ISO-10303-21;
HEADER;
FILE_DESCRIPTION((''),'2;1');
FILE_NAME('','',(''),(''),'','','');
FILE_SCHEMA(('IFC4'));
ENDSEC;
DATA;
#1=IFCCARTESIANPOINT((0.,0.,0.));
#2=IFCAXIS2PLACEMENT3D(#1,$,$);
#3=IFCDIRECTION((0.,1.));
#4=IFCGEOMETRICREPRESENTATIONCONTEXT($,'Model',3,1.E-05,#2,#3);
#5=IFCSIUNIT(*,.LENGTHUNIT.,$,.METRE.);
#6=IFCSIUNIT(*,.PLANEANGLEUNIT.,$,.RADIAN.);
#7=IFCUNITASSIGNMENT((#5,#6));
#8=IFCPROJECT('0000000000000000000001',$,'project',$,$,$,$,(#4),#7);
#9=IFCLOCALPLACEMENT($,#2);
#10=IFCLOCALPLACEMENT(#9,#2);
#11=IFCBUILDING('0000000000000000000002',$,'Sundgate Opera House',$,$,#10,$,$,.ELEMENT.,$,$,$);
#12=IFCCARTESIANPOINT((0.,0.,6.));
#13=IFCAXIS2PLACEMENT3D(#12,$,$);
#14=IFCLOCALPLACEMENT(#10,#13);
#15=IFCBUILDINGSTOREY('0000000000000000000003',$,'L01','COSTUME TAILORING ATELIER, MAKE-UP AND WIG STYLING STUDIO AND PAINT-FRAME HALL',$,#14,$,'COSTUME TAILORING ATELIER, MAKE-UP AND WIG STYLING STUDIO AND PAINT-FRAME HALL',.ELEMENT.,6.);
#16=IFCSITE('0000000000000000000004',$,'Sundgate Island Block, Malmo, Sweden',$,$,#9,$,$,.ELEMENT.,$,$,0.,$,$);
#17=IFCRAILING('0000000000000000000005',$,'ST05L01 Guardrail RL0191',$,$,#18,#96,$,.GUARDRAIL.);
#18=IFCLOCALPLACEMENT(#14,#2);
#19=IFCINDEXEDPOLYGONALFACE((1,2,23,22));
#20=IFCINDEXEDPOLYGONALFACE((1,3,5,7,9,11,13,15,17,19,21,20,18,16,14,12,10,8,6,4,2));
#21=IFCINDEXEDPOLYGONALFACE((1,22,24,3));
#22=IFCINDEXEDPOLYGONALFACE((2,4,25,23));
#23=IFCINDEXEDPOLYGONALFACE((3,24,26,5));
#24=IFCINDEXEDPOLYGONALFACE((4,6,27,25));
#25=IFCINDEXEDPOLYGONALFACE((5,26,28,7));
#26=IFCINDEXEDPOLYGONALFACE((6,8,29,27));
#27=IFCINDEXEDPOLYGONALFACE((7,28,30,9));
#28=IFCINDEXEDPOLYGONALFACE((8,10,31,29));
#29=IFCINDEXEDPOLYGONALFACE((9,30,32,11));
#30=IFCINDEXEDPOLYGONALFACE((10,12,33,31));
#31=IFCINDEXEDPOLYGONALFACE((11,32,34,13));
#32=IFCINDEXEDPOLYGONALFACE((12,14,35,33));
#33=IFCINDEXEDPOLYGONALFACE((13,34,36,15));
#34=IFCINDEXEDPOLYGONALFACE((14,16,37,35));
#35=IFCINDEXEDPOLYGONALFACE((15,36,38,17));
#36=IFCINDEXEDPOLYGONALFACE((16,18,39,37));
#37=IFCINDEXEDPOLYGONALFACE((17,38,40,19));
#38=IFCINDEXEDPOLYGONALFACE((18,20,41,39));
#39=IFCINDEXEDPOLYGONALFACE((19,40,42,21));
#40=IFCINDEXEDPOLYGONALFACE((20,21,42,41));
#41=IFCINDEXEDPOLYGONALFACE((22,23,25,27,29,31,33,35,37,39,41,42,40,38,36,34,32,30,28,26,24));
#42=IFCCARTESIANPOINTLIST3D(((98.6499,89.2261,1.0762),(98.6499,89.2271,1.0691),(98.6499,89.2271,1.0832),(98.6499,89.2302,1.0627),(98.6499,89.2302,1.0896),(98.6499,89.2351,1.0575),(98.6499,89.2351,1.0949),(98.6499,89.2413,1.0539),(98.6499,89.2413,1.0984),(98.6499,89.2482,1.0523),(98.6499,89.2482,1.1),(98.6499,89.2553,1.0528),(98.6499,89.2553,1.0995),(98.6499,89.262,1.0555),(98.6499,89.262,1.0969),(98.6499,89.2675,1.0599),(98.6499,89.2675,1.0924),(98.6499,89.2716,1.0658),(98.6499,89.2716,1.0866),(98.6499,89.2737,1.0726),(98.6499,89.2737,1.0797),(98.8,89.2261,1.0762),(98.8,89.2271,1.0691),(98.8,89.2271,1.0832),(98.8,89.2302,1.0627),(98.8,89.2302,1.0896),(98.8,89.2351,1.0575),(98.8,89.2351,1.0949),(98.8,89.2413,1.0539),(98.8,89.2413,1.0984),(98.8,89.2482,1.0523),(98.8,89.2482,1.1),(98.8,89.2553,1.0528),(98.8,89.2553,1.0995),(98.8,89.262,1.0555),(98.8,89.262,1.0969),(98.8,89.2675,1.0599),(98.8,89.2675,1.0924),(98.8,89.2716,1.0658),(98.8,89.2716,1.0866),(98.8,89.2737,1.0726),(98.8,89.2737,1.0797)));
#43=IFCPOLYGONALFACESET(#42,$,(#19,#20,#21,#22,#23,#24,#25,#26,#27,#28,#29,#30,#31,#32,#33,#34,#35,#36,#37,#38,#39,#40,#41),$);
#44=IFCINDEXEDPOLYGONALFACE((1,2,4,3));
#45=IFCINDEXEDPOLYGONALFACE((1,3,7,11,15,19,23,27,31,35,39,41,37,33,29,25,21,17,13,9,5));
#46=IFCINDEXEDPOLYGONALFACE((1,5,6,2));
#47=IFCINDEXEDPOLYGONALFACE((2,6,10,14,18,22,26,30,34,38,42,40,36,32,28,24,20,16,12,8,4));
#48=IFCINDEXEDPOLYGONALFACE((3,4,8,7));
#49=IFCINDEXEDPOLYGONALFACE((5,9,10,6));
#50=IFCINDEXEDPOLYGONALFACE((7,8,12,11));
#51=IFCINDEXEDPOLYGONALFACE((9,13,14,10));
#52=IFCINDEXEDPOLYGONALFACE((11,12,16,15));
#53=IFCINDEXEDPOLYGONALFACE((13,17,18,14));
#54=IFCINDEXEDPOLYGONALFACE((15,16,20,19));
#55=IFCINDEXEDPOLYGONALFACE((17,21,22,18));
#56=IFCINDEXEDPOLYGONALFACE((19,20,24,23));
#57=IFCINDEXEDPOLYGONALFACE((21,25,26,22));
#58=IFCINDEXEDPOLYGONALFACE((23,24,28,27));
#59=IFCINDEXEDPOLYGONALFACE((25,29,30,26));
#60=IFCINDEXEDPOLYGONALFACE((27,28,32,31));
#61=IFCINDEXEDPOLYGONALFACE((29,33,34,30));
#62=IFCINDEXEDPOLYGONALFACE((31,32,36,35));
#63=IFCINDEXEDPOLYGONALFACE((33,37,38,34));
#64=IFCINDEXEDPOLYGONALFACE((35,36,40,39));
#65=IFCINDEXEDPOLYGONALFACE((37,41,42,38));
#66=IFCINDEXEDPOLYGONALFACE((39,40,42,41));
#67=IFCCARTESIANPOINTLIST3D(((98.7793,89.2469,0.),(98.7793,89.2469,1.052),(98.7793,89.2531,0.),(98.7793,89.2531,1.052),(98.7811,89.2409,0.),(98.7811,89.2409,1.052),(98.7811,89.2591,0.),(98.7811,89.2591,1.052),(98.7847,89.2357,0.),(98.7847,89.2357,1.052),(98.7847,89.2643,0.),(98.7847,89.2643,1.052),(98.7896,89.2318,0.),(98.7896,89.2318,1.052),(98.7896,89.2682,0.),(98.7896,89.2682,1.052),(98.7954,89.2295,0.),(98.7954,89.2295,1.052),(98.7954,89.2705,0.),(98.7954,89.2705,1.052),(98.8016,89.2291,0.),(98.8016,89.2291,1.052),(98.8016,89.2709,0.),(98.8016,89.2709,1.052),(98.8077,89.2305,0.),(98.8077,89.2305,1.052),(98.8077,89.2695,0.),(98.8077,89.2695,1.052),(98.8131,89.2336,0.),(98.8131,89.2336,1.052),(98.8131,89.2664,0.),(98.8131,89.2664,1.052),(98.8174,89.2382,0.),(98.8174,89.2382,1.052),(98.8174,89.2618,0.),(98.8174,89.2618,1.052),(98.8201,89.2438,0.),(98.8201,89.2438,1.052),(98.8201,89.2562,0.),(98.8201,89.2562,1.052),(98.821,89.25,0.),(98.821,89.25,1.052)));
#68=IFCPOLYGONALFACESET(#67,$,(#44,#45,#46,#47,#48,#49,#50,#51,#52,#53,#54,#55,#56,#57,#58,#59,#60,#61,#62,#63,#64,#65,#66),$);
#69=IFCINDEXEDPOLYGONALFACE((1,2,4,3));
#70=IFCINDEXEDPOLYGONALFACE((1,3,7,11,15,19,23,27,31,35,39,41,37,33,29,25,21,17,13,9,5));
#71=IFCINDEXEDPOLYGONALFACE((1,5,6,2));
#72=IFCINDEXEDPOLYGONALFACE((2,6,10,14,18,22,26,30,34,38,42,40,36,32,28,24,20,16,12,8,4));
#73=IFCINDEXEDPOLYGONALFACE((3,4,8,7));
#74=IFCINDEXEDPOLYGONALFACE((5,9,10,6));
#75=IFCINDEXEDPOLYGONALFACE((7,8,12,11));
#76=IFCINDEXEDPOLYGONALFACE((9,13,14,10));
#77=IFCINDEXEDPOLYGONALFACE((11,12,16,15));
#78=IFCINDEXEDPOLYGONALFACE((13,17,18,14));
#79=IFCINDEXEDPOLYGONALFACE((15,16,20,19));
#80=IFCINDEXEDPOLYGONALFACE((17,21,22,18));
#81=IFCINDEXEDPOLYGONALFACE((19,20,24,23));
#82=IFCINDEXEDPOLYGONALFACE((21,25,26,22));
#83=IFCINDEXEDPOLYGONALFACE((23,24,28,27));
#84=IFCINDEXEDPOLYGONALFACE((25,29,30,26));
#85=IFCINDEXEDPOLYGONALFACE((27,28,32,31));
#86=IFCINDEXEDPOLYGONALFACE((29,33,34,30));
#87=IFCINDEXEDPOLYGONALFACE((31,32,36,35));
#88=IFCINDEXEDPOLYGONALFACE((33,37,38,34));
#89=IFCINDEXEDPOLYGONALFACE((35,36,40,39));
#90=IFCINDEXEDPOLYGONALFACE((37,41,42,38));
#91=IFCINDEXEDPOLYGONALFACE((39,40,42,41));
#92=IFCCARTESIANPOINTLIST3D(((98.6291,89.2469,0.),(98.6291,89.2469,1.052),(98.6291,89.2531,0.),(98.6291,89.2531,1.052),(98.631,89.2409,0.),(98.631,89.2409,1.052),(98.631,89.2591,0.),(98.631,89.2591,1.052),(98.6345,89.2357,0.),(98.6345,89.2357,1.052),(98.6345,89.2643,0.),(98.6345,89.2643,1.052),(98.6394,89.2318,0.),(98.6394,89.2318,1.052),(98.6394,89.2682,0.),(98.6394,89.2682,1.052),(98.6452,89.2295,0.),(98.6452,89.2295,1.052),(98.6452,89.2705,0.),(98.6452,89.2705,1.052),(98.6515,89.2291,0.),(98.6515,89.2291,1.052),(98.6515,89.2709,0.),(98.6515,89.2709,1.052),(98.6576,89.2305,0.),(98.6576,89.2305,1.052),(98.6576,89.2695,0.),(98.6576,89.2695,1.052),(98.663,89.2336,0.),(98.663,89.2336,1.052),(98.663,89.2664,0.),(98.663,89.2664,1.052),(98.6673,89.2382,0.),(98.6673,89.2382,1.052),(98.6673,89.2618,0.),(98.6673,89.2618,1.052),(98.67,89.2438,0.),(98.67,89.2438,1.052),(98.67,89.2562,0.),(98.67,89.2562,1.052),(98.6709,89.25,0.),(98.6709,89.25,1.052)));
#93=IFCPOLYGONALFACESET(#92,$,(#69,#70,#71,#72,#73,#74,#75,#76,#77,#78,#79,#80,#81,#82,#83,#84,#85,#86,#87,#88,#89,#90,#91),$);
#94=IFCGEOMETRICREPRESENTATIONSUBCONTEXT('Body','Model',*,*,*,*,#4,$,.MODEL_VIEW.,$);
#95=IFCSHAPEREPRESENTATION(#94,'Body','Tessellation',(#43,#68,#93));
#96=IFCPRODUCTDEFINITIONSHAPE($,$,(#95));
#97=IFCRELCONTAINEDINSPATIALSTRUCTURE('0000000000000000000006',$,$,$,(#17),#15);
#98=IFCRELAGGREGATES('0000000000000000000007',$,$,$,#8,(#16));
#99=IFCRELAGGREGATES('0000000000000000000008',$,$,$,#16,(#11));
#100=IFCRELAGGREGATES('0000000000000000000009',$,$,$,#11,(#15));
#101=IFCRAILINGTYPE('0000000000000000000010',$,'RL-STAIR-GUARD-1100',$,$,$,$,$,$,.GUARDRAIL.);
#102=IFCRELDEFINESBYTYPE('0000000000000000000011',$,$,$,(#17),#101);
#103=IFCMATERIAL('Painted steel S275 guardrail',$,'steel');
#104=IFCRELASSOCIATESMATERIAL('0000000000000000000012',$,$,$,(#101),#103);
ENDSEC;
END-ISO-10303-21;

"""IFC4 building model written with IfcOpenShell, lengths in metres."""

from ifc_helpers import new_model, si_unit, direction, frame, origin, origin_2d, place, context, subcontext, project, spatial, circle, extrude, material, type_object, element, save


model = new_model("IFC4")

# Units and contexts
model_context = context("Model", 3, precision=1e-05, world=origin(), true_north=direction((0.0, 1.0)))
body_context = subcontext(model_context, "Body", "Model", "MODEL_VIEW")
ifc_project = project(units=[si_unit("LENGTHUNIT", "METRE"), si_unit("PLANEANGLEUNIT", "RADIAN")], contexts=[model_context])

# Site, building, storey
site_placement = place(None, origin())
site = spatial("IfcSite", under=ifc_project, at=site_placement, Name="Sundgate Island Block, Malmo, Sweden", CompositionType="ELEMENT", RefElevation=0.0)
building_placement = place(site_placement, origin())
building = spatial("IfcBuilding", under=site, at=building_placement, Name="Sundgate Opera House", CompositionType="ELEMENT")
storey_placement = place(building_placement, frame((0.0, 0.0, 6.0)))
storey = spatial("IfcBuildingStorey", under=building, at=storey_placement, Name="L01", Description="COSTUME TAILORING ATELIER, MAKE-UP AND WIG STYLING STUDIO AND PAINT-FRAME HALL", LongName="COSTUME TAILORING ATELIER, MAKE-UP AND WIG STYLING STUDIO AND PAINT-FRAME HALL", CompositionType="ELEMENT", Elevation=6.0)

# Railing
ifc_material_1 = material(Name="Painted steel S275 guardrail", Category="steel")
railing_type_1 = type_object("IfcRailingType", Name="RL-STAIR-GUARD-1100", PredefinedType="GUARDRAIL", material=ifc_material_1)
railing_1_placement = place(storey_placement, frame((98.8, 89.25, 0.0)))
element("IfcRailing", 1, at=railing_1_placement, inside=storey, type_object=railing_type_1, Name="ST05L01 Guardrail RL0191", PredefinedType="GUARDRAIL", context=body_context, shape_type="SweptSolid", body=[
    extrude(circle(Radius=0.0239, at=origin_2d()), frame((0.0, 0.0, 1.0762), z_axis=(-1.0, 0.0, 0.0), x_axis=(0.0, -1.0, 0.0)), (0.0, 0.0, 1.0), 0.1501),
    extrude(circle(Radius=0.021, at=origin_2d()), origin(), (0.0, 0.0, 1.0), 1.052),
    extrude(circle(Radius=0.021, at=origin_2d()), frame((-0.1501, 0.0, 0.0)), (0.0, 0.0, 1.0), 1.052),
])

save(model, "model.ifc")
